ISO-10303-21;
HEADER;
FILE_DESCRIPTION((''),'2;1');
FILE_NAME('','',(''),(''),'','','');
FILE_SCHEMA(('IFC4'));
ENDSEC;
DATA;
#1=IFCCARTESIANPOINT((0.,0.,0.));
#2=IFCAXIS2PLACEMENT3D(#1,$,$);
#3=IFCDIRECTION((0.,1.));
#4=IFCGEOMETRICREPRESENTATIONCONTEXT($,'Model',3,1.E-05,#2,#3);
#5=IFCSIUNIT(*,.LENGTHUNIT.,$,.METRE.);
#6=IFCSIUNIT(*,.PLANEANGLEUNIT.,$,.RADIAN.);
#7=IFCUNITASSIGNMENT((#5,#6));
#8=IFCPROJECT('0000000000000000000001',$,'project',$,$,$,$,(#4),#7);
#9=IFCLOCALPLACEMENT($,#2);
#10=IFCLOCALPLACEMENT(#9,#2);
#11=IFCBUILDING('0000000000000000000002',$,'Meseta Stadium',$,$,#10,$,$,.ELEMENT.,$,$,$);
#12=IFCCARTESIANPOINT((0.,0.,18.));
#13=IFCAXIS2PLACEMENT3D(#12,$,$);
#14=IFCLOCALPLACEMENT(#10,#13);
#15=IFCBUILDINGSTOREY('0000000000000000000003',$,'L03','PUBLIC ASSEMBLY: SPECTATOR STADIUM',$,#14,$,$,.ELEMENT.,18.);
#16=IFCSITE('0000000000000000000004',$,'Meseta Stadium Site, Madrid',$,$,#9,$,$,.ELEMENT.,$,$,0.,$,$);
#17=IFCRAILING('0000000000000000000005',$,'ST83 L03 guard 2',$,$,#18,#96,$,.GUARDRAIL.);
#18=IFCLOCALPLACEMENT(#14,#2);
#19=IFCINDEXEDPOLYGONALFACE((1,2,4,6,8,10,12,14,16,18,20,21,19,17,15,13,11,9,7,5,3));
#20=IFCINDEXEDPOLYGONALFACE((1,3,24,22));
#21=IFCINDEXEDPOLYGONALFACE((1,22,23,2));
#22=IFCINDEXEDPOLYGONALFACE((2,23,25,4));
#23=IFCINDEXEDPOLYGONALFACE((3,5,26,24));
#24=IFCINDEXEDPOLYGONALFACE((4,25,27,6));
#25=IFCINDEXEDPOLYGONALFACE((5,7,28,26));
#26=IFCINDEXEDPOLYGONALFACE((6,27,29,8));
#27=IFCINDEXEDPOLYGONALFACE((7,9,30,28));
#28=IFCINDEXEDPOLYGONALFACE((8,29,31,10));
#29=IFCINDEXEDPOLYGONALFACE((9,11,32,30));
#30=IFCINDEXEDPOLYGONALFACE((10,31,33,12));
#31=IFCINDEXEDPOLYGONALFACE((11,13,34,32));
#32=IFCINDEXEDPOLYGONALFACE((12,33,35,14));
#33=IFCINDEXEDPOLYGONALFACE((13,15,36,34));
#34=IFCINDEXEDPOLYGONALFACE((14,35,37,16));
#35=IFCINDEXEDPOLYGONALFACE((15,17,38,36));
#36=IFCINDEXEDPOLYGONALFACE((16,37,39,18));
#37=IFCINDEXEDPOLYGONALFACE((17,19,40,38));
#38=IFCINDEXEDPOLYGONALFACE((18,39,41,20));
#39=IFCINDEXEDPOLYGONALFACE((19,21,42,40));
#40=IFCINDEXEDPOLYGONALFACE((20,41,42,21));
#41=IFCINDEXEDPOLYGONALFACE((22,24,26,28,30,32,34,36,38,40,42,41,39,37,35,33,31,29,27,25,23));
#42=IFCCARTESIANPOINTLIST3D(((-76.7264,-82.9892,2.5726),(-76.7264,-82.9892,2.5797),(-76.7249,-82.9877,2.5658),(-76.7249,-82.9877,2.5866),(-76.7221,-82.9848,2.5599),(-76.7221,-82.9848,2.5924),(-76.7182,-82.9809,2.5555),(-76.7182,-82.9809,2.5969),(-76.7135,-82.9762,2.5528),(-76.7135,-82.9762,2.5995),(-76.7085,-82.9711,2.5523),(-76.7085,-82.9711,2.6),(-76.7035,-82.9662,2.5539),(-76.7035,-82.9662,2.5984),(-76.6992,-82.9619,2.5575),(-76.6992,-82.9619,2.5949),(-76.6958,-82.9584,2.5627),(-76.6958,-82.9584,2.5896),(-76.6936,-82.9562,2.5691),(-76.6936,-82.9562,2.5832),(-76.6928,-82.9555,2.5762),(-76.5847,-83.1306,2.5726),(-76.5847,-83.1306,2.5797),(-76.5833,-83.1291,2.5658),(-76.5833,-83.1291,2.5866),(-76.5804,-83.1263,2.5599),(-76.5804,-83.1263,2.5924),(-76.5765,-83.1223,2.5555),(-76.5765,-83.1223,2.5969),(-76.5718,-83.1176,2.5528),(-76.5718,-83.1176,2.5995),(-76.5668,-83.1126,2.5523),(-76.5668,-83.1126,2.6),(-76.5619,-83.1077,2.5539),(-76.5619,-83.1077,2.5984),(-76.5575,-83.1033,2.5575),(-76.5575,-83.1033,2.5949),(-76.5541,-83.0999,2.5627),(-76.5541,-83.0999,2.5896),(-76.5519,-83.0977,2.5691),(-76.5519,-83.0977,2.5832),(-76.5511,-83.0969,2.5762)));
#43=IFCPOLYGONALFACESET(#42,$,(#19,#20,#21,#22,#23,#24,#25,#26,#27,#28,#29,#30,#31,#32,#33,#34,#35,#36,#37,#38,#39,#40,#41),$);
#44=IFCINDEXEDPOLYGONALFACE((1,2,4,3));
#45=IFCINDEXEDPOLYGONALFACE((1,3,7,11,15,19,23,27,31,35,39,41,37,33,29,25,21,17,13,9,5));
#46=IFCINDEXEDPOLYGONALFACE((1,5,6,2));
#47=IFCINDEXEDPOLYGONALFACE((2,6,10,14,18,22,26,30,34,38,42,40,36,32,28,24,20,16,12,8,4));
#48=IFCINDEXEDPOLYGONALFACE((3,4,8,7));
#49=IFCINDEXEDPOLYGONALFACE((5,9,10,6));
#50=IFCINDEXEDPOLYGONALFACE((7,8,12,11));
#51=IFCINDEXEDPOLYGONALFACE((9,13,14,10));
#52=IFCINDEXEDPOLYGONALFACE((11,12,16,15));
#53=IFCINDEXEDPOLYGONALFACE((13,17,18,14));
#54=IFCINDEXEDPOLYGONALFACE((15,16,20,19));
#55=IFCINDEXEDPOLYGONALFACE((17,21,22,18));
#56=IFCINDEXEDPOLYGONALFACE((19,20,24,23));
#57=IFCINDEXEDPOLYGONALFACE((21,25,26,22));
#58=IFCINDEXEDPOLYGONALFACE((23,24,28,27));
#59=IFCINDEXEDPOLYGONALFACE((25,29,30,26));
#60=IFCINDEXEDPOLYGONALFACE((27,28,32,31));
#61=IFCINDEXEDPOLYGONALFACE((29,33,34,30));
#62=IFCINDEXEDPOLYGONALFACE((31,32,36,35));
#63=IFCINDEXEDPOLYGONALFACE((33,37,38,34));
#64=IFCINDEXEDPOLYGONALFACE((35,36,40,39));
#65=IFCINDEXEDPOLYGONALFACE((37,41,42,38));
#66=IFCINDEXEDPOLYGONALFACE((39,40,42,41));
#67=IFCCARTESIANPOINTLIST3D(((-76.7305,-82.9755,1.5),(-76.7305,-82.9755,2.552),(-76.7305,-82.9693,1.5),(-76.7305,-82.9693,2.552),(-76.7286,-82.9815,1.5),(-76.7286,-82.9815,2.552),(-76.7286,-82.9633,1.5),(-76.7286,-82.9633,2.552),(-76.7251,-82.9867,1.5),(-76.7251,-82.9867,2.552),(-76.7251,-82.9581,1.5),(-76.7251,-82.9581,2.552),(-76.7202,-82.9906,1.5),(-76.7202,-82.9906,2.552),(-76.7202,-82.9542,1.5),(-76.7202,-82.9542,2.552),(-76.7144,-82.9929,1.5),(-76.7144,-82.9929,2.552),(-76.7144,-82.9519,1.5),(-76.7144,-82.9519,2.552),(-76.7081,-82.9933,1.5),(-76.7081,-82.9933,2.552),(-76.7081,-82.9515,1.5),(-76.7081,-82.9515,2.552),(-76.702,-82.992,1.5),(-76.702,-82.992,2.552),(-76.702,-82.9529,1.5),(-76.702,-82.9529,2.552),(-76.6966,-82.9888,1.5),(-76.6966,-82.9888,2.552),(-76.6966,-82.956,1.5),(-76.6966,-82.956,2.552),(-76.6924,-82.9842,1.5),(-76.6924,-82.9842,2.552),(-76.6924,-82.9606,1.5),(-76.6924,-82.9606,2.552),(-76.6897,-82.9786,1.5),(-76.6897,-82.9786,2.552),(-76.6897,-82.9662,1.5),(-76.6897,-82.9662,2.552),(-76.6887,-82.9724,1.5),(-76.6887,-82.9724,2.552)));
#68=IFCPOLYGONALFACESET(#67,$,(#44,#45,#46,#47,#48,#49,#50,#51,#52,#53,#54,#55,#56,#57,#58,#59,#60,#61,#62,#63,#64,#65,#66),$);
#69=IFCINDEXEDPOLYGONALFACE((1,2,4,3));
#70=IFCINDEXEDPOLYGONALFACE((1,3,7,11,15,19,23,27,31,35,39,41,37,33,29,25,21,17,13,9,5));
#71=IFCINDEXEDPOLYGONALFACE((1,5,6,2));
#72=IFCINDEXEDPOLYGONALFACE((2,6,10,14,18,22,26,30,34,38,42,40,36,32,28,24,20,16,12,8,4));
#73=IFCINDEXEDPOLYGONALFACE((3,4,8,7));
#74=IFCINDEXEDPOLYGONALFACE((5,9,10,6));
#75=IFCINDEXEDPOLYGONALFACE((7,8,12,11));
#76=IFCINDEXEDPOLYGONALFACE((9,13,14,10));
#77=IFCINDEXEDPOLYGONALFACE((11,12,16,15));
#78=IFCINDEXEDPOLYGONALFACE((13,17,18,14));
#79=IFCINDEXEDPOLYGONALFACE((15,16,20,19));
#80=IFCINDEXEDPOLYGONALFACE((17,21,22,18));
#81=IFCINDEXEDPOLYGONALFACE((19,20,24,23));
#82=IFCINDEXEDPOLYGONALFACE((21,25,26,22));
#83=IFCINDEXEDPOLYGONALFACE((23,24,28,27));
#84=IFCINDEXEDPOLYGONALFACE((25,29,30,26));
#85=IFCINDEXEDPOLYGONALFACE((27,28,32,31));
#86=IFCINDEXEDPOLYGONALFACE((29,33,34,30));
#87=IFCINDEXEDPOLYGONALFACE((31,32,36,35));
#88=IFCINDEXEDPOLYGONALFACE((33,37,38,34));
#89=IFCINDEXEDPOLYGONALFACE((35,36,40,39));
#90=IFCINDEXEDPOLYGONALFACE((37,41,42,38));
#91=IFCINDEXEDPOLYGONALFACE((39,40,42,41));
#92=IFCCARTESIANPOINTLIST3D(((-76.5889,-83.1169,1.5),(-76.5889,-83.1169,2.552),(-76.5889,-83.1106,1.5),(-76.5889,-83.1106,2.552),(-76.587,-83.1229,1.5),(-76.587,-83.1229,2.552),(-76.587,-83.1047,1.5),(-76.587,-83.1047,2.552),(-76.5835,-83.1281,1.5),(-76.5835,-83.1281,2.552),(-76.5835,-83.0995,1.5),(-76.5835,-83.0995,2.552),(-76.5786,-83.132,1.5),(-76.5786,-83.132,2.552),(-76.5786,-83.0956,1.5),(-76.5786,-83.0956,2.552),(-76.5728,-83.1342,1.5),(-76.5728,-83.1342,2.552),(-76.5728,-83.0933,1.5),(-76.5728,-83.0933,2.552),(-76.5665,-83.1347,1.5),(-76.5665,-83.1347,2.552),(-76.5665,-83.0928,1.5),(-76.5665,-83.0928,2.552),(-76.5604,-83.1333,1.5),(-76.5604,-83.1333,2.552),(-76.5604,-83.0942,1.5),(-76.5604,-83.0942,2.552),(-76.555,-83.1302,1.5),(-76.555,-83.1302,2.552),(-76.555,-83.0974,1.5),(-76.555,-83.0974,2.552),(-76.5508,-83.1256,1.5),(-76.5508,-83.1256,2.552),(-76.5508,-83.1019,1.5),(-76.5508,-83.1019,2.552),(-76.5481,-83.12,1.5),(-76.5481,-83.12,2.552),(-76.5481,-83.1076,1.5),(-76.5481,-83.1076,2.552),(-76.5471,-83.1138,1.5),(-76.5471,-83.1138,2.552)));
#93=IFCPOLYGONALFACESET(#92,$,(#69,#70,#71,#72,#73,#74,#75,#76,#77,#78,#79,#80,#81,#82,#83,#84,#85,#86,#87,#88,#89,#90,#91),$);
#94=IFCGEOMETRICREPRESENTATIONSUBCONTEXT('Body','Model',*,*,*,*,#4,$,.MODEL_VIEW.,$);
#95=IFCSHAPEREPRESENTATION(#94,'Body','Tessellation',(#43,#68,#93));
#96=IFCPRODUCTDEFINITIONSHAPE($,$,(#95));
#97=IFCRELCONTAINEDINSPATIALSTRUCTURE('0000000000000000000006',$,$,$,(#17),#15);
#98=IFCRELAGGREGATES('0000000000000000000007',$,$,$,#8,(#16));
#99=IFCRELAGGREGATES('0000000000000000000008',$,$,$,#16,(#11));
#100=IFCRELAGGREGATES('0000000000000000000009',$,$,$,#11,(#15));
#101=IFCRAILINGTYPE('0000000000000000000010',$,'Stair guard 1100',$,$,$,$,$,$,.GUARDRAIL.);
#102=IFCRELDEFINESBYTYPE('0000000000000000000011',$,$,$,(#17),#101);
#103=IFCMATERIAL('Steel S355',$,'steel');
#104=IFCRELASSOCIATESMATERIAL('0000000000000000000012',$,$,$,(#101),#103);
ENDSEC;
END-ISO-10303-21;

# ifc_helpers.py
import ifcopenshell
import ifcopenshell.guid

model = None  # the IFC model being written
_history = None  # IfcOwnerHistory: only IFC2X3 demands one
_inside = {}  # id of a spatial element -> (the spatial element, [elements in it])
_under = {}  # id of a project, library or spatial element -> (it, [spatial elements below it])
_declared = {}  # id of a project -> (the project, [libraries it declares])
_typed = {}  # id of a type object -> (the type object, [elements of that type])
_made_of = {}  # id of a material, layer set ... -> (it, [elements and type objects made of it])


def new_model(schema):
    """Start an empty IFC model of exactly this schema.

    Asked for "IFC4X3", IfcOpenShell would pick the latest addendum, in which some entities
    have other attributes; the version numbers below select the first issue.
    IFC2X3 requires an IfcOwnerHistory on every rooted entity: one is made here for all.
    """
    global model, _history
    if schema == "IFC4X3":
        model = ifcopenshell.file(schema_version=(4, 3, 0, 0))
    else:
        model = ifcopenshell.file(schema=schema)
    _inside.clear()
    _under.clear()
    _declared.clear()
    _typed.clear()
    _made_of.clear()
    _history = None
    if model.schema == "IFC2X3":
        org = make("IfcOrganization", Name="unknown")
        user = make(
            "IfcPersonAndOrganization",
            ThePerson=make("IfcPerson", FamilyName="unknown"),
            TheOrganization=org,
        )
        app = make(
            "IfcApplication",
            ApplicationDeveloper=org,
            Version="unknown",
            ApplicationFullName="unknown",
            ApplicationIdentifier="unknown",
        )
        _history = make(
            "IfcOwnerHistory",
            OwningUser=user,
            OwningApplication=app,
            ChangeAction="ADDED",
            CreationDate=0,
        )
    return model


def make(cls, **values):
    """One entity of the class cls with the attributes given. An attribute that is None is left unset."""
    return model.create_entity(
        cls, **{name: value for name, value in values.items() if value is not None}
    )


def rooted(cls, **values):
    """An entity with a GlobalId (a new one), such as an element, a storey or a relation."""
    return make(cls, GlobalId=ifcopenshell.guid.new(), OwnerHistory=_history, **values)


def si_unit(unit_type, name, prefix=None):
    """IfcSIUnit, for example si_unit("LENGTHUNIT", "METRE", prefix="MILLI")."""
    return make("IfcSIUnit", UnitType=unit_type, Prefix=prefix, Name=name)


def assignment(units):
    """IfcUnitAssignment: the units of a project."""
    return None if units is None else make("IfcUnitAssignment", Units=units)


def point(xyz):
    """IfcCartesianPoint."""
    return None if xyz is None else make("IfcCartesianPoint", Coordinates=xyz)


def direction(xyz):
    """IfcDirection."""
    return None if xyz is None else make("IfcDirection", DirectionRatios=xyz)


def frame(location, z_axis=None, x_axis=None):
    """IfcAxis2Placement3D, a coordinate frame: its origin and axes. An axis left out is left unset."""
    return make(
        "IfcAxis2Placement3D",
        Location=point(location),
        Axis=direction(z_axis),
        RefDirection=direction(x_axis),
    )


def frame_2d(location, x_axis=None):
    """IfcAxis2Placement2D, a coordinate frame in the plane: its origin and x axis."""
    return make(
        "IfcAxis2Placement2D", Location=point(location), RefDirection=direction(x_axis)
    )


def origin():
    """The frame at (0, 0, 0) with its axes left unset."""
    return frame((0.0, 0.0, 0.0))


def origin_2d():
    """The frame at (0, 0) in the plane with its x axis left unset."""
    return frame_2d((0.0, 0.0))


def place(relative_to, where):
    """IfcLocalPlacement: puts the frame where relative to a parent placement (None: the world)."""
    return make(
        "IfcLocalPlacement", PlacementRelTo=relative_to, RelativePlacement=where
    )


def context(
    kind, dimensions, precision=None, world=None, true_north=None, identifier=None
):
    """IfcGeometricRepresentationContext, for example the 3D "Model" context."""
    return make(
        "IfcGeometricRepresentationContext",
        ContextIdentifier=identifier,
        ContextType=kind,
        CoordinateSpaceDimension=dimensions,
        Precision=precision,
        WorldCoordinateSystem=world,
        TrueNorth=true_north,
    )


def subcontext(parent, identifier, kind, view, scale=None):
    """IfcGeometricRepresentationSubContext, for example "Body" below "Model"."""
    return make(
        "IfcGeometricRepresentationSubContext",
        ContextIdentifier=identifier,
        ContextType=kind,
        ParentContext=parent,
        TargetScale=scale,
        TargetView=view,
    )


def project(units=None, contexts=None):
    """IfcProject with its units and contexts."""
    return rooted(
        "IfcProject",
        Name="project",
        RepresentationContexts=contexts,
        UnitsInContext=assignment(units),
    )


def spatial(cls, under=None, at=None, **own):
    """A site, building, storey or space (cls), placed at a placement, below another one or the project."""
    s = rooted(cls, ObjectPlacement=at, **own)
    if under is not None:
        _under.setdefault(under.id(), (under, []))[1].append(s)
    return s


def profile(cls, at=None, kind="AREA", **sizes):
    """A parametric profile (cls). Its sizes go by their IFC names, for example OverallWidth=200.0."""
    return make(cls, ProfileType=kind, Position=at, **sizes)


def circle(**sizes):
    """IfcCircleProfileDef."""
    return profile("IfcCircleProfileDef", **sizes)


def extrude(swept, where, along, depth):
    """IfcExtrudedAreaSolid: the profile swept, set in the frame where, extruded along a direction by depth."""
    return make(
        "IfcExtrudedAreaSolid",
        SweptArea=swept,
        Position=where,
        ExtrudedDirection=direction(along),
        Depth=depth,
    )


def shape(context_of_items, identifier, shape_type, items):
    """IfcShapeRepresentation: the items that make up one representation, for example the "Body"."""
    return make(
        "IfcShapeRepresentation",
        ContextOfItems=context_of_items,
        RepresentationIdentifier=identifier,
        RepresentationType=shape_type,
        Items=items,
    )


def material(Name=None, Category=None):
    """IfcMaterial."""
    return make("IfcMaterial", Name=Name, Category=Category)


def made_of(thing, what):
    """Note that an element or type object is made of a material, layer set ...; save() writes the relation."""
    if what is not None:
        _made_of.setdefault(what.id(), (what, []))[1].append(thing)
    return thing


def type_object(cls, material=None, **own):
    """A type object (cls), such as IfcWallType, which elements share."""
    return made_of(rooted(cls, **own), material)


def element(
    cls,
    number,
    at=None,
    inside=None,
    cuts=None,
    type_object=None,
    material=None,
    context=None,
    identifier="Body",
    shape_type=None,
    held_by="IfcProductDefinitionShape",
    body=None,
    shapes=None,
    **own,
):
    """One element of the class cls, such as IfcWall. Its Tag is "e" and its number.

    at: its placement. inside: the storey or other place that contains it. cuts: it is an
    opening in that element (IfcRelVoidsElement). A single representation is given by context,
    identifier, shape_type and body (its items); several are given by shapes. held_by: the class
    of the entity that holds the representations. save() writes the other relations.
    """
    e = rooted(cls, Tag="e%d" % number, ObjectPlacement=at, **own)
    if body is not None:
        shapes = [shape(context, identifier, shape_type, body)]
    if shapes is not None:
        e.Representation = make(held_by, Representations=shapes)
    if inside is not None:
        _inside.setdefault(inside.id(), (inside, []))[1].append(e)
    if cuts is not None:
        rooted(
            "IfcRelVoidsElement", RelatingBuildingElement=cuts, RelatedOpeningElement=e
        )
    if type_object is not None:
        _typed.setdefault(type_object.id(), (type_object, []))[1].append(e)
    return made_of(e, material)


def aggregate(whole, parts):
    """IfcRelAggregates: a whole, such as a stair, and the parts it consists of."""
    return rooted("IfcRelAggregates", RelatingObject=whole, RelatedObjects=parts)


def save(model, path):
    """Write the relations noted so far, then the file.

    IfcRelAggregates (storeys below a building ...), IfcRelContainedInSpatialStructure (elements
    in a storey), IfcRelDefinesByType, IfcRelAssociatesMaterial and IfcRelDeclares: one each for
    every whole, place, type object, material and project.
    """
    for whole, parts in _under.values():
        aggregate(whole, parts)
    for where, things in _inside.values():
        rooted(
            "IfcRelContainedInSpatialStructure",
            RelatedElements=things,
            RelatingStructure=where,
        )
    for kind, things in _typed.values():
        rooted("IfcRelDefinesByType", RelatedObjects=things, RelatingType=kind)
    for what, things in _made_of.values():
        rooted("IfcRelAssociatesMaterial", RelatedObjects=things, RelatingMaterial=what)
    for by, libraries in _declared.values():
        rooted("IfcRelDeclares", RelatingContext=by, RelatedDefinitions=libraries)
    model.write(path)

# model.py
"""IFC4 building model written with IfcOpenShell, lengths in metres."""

from ifc_helpers import new_model, si_unit, direction, frame, origin, origin_2d, place, context, subcontext, project, spatial, circle, extrude, material, type_object, element, save


model = new_model("IFC4")

# Units and contexts
model_context = context("Model", 3, precision=1e-05, world=origin(), true_north=direction((0.0, 1.0)))
body_context = subcontext(model_context, "Body", "Model", "MODEL_VIEW")
ifc_project = project(units=[si_unit("LENGTHUNIT", "METRE"), si_unit("PLANEANGLEUNIT", "RADIAN")], contexts=[model_context])

# Site, building, storey
site_placement = place(None, origin())
site = spatial("IfcSite", under=ifc_project, at=site_placement, Name="Meseta Stadium Site, Madrid", CompositionType="ELEMENT", RefElevation=0.0)
building_placement = place(site_placement, origin())
building = spatial("IfcBuilding", under=site, at=building_placement, Name="Meseta Stadium", CompositionType="ELEMENT")
storey_placement = place(building_placement, frame((0.0, 0.0, 18.0)))
storey = spatial("IfcBuildingStorey", under=building, at=storey_placement, Name="L03", Description="PUBLIC ASSEMBLY: SPECTATOR STADIUM", CompositionType="ELEMENT", Elevation=18.0)

# Railing
ifc_material_1 = material(Name="Steel S355", Category="steel")
railing_type_1 = type_object("IfcRailingType", Name="Stair guard 1100", PredefinedType="GUARDRAIL", material=ifc_material_1)
railing_1_placement = place(storey_placement, frame((-76.7097, -82.9724, 1.5)))
element("IfcRailing", 1, at=railing_1_placement, inside=storey, type_object=railing_type_1, Name="ST83 L03 guard 2", PredefinedType="GUARDRAIL", context=body_context, shape_type="SweptSolid", body=[
    extrude(circle(Radius=0.0239, at=origin_2d()), frame((0.0, 0.0, 1.0762), z_axis=(0.707717, -0.706496, 0.0), x_axis=(0.706496, 0.707717, 0.0)), (0.0, 0.0, 1.0), 0.2002),
    extrude(circle(Radius=0.021, at=origin_2d()), origin(), (0.0, 0.0, 1.0), 1.052),
    extrude(circle(Radius=0.021, at=origin_2d()), frame((0.1416, -0.1414, 0.0)), (0.0, 0.0, 1.0), 1.052),
])

save(model, "model.ifc")
